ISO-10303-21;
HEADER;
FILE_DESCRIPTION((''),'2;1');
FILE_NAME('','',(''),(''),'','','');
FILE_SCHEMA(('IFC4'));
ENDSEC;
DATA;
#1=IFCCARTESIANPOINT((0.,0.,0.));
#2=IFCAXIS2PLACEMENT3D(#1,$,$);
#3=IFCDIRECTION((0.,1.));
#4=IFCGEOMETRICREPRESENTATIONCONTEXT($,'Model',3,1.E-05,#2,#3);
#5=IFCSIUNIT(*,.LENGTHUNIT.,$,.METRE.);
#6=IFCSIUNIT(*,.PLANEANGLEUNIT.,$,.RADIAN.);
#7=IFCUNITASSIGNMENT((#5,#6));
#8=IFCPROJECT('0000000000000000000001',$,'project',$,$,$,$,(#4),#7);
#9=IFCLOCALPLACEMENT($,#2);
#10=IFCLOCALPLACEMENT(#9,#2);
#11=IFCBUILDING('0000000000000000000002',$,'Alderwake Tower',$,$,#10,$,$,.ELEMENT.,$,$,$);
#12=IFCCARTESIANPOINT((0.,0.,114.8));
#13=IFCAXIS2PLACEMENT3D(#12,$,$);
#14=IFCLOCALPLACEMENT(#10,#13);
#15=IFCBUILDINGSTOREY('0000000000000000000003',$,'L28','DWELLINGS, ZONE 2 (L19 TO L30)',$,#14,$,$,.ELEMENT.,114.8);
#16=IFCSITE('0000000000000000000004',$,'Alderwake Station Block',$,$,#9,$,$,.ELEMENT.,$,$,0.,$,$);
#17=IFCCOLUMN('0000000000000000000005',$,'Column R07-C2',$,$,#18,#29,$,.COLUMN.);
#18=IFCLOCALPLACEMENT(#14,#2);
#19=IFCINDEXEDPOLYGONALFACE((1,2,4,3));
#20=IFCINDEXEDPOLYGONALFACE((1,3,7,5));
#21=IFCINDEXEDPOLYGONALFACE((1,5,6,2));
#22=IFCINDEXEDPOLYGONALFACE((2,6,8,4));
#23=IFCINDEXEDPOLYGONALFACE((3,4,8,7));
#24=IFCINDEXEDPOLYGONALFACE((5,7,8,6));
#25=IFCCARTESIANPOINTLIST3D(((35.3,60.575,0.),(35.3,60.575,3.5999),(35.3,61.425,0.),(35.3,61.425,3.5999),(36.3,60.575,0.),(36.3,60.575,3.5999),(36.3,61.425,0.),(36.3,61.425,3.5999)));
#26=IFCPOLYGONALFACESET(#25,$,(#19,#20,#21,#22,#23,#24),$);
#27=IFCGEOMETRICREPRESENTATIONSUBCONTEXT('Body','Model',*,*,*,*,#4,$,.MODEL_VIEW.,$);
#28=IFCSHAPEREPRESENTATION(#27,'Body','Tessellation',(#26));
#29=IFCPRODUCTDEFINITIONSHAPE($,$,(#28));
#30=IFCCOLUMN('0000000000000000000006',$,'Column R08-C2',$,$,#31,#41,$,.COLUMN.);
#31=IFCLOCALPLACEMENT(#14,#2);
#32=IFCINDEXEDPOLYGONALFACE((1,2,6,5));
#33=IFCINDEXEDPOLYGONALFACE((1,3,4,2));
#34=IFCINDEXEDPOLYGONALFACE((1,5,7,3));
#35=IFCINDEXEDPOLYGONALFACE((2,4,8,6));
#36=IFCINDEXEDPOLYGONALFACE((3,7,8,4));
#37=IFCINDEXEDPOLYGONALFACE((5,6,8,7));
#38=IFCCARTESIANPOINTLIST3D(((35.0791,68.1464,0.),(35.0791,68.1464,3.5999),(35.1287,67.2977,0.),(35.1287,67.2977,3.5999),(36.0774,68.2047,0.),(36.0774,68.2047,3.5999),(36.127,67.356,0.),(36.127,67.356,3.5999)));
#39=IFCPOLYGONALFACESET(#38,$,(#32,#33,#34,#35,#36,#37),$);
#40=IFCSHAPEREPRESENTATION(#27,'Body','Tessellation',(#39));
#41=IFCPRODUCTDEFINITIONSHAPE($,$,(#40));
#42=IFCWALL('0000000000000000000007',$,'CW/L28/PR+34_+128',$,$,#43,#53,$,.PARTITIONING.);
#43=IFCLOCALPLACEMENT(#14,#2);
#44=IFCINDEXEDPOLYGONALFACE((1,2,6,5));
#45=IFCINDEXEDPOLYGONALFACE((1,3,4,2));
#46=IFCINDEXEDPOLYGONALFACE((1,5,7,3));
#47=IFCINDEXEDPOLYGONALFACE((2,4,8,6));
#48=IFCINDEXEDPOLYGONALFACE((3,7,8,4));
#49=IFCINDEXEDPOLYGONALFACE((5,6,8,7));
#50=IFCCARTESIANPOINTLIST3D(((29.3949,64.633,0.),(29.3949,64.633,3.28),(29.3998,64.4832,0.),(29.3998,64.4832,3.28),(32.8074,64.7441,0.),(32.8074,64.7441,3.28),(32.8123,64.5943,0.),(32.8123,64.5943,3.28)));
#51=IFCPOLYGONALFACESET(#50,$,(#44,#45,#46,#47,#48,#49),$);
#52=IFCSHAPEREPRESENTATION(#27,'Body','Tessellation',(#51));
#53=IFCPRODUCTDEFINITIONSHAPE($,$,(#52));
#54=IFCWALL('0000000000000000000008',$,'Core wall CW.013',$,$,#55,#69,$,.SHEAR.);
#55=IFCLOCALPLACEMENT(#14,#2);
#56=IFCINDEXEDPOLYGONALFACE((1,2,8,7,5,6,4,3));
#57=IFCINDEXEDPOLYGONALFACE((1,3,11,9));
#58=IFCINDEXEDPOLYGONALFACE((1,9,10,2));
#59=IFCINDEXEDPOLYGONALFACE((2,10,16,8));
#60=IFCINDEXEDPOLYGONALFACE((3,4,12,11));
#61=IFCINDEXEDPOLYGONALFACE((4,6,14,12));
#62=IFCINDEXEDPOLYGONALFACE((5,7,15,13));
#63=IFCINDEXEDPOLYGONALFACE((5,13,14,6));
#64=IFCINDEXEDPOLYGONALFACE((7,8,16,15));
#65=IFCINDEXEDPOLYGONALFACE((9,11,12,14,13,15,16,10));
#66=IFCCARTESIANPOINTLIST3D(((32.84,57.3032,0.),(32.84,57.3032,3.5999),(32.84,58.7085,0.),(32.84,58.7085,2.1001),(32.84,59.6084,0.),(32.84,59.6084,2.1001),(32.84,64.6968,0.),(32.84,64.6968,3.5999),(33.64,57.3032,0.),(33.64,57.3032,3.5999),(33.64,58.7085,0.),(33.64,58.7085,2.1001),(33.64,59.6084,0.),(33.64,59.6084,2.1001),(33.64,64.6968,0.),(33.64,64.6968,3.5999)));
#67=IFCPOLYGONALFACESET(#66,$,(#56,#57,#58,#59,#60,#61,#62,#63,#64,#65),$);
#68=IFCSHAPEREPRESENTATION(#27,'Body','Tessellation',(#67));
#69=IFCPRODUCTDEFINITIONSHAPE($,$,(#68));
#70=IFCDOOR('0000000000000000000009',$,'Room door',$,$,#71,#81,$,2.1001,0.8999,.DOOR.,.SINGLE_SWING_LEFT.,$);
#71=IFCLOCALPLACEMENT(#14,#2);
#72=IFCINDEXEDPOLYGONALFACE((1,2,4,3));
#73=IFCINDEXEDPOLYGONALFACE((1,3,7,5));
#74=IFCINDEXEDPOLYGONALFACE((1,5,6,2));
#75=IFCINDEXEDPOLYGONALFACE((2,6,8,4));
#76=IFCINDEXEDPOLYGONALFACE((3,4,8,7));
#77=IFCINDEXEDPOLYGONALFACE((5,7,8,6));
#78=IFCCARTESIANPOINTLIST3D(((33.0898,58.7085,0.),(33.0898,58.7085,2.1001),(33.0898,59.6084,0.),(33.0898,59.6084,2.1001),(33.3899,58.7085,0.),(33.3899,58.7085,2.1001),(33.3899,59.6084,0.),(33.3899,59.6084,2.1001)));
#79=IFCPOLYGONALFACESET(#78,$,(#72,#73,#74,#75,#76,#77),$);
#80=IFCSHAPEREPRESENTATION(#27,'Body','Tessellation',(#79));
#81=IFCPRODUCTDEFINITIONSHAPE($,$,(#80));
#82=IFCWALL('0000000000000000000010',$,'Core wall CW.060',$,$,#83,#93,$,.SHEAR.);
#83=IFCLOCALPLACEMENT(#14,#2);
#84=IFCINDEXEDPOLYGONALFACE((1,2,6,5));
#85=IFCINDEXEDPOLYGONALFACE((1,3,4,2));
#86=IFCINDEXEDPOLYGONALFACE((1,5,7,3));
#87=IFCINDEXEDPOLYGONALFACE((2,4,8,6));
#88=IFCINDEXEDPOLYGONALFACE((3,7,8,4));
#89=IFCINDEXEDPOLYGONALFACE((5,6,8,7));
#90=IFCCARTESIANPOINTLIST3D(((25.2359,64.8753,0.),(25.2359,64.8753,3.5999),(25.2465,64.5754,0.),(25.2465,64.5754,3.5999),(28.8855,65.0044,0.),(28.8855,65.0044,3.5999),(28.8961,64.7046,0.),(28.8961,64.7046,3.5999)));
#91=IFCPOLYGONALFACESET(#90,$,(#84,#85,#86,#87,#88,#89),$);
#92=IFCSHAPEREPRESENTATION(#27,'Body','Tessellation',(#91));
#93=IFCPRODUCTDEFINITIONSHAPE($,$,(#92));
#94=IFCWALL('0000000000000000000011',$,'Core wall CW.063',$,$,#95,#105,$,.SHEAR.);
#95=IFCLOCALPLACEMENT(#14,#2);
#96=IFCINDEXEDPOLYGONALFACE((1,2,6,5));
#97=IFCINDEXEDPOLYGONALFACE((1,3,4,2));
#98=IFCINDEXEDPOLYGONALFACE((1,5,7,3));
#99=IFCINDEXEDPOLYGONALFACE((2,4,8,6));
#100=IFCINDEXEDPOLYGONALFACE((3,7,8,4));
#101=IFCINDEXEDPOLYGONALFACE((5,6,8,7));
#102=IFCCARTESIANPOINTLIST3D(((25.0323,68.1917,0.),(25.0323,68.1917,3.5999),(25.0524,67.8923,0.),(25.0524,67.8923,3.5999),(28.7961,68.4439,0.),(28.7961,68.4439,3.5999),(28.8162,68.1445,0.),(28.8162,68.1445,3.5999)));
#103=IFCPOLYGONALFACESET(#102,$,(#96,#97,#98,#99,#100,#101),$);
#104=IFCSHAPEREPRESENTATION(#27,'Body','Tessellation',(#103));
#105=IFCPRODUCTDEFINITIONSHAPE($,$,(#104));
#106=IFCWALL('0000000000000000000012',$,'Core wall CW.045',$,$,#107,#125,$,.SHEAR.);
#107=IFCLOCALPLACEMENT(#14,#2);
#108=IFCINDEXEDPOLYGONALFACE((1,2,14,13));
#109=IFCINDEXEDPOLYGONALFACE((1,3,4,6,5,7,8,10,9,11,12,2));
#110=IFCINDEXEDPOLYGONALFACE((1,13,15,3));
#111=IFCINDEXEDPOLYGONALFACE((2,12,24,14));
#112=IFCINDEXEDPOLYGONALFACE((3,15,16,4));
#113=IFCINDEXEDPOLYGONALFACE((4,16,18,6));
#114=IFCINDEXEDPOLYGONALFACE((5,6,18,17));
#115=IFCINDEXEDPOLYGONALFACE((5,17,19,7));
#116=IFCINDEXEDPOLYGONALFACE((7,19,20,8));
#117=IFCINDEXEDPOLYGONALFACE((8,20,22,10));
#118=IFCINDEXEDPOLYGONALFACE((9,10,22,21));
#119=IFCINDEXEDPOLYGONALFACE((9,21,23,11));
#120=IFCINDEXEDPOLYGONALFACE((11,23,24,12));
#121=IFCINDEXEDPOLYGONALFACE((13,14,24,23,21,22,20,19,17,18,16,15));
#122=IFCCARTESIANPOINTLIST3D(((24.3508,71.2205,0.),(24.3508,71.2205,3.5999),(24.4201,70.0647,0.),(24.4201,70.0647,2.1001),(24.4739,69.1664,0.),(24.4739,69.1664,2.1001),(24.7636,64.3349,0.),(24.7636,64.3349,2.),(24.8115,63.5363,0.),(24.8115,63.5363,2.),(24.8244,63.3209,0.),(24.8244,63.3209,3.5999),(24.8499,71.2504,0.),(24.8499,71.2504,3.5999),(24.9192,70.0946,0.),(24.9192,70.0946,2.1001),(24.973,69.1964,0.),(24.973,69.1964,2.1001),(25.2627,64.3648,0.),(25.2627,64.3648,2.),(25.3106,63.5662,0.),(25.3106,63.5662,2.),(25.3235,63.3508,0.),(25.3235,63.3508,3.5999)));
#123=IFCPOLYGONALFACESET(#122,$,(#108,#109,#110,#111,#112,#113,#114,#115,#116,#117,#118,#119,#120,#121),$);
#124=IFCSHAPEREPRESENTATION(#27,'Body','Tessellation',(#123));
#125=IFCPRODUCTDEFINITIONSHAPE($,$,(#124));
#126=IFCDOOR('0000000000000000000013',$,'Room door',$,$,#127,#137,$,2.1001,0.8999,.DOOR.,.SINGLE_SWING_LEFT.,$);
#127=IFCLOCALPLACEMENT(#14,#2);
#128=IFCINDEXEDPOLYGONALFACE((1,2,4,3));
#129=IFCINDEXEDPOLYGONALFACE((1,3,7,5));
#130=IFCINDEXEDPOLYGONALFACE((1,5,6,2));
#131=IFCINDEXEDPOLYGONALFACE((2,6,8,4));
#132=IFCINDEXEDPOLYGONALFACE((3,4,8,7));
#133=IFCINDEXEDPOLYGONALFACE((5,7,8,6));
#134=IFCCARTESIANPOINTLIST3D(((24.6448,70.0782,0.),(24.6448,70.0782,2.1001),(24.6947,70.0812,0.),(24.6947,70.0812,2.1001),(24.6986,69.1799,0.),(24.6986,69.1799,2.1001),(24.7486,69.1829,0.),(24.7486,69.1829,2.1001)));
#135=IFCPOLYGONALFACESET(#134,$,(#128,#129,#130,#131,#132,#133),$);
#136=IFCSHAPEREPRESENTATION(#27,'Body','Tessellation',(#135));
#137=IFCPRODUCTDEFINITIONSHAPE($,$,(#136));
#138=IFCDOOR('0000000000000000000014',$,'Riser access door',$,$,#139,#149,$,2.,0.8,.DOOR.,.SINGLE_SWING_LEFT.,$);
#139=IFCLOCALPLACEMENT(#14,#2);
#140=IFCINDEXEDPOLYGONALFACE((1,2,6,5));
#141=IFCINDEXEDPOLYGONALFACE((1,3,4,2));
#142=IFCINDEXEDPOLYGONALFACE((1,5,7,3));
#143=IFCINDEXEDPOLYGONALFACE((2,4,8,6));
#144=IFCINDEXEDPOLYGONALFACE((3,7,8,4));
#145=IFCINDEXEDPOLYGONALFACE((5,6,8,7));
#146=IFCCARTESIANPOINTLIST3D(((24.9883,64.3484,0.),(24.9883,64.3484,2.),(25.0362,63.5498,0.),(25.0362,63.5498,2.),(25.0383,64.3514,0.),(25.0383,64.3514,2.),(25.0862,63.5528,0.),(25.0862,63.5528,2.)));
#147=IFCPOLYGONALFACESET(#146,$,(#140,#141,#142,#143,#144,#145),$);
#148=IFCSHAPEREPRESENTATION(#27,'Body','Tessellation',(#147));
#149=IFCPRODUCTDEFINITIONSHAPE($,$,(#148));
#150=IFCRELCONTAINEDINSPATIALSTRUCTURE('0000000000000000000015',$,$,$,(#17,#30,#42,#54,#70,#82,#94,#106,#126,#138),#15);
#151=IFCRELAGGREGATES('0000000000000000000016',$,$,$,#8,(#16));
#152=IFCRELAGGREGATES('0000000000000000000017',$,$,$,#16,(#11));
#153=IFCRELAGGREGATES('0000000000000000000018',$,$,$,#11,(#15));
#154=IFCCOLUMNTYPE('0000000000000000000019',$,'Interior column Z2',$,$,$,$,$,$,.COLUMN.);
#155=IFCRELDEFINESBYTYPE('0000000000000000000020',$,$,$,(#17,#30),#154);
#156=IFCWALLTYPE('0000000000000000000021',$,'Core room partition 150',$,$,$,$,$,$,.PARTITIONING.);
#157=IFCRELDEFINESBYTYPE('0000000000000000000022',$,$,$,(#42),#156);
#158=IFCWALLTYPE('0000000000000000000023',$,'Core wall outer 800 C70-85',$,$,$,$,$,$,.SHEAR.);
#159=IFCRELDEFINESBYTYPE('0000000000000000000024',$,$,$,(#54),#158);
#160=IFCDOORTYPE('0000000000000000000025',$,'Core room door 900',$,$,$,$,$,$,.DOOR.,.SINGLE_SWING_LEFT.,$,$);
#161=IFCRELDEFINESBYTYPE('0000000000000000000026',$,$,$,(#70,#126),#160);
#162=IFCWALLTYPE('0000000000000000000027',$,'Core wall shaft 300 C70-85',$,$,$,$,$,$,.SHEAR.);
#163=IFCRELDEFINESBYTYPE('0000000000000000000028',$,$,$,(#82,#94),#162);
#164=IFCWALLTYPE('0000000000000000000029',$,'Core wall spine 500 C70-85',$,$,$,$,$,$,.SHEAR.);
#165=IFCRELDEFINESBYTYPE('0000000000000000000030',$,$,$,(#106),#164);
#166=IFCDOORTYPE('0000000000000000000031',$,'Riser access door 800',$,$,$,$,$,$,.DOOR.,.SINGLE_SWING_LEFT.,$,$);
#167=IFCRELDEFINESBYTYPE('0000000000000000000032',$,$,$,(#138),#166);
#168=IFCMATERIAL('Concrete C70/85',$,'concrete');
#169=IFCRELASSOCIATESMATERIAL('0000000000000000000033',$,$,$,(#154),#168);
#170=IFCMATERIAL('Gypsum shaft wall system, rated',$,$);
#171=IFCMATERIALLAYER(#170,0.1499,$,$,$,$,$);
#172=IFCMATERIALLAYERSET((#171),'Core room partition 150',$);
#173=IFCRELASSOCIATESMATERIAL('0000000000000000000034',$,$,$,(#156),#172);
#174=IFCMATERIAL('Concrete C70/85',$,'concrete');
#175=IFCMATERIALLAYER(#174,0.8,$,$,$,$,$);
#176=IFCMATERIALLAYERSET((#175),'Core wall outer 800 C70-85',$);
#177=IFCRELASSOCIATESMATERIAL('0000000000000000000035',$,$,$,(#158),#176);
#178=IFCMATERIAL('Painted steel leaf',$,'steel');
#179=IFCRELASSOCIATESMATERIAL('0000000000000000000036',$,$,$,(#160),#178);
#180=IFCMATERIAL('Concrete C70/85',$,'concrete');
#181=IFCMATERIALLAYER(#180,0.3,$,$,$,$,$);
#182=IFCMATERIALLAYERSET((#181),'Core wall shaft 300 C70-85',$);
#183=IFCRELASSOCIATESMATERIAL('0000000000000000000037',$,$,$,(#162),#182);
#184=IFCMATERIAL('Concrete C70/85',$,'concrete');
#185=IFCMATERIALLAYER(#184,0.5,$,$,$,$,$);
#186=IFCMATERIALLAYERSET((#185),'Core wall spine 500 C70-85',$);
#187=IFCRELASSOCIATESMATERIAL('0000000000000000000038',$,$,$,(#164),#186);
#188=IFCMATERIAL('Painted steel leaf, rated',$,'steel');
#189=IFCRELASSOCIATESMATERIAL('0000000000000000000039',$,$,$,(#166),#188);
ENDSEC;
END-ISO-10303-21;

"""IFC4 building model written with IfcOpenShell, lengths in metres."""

from ifc_helpers import new_model, si_unit, direction, frame, frame_2d, origin, origin_2d, place, context, subcontext, project, spatial, rectangle, extrude, material, layer, layer_set, material_profile, profile_set, type_object, element, fill, save


model = new_model("IFC4")

# Units and contexts
model_context = context("Model", 3, precision=1e-05, world=origin(), true_north=direction((0.0, 1.0)))
body_context = subcontext(model_context, "Body", "Model", "MODEL_VIEW")
ifc_project = project(units=[si_unit("LENGTHUNIT", "METRE"), si_unit("PLANEANGLEUNIT", "RADIAN")], contexts=[model_context])

# Site, building, storey
site_placement = place(None, origin())
site = spatial("IfcSite", under=ifc_project, at=site_placement, Name="Alderwake Station Block", CompositionType="ELEMENT", RefElevation=0.0)
building_placement = place(site_placement, origin())
building = spatial("IfcBuilding", under=site, at=building_placement, Name="Alderwake Tower", CompositionType="ELEMENT")
storey_placement = place(building_placement, frame((0.0, 0.0, 114.8)))
storey = spatial("IfcBuildingStorey", under=building, at=storey_placement, Name="L28", Description="DWELLINGS, ZONE 2 (L19 TO L30)", CompositionType="ELEMENT", Elevation=114.8)

# Columns
ifc_material_1 = material(Name="Concrete C70/85", Category="concrete")
ifc_material_profile = material_profile(ifc_material_1, rectangle(XDim=0.8501, YDim=1.0, at=origin_2d()), Name="RC 1000X850")
ifc_profile_set = profile_set([ifc_material_profile], Name="Concrete C70/85")
column_type = type_object("IfcColumnType", Name="Interior column Z2", PredefinedType="COLUMN", material=ifc_profile_set)
for number, where, z_axis, x_axis, name in (
    (1, (35.8, 61.0, 0.0), (0.0, 0.0, 1.0), (0.0, 1.0, 0.0), "Column R07-C2"),
    (2, (35.603, 67.7512, 0.0), (0.0, 0.0, 1.0), (-0.058301, 0.998299, 0.0), "Column R08-C2"),
):
    element("IfcColumn", number, at=place(storey_placement, frame(where, z_axis=z_axis, x_axis=x_axis)), inside=storey, type_object=column_type, Name=name, PredefinedType="COLUMN", context=body_context, shape_type="SweptSolid", body=[
        extrude(rectangle(XDim=0.8501, YDim=1.0, at=origin_2d()), origin(), (0.0, 0.0, 1.0), 3.5999),
    ])

# Wall
ifc_material_2 = material(Name="Gypsum shaft wall system, rated")
ifc_layer_1 = layer(ifc_material_2, 0.1499)
ifc_layer_set_1 = layer_set([ifc_layer_1], Name="Core room partition 150")
wall_type_1 = type_object("IfcWallType", Name="Core room partition 150", PredefinedType="PARTITIONING", material=ifc_layer_set_1)
wall_1_placement = place(storey_placement, frame((29.3975, 64.5581, 0.0), z_axis=(0.0, 0.0, 1.0), x_axis=(0.999471, 0.032534, 0.0)))
element("IfcWall", 3, at=wall_1_placement, inside=storey, type_object=wall_type_1, Name="CW/L28/PR+34_+128", PredefinedType="PARTITIONING", context=body_context, shape_type="SweptSolid", body=[
    extrude(rectangle(XDim=3.4143, YDim=0.1499, at=frame_2d((1.707, 0.0))), origin(), (0.0, 0.0, 1.0), 3.28),
])

# Wall, opening, door
ifc_material_3 = material(Name="Concrete C70/85", Category="concrete")
ifc_layer_2 = layer(ifc_material_3, 0.8)
ifc_layer_set_2 = layer_set([ifc_layer_2], Name="Core wall outer 800 C70-85")
wall_type_2 = type_object("IfcWallType", Name="Core wall outer 800 C70-85", PredefinedType="SHEAR", material=ifc_layer_set_2)
wall_2_placement = place(storey_placement, frame((33.24, 64.6968, 0.0), z_axis=(0.0, 0.0, 1.0), x_axis=(0.0, -1.0, 0.0)))
wall_2 = element("IfcWall", 4, at=wall_2_placement, inside=storey, type_object=wall_type_2, Name="Core wall CW.013", PredefinedType="SHEAR", context=body_context, shape_type="SweptSolid", body=[
    extrude(rectangle(XDim=7.3936, YDim=0.8, at=frame_2d((3.6968, 0.0))), origin(), (0.0, 0.0, 1.0), 3.5999),
])
opening_1_placement = place(wall_2_placement, frame((5.0884, 0.0, 0.0)))
opening_1 = element("IfcOpeningElement", 5, at=opening_1_placement, cuts=wall_2, PredefinedType="OPENING", context=body_context, shape_type="SweptSolid", body=[
    extrude(rectangle(XDim=0.8999, YDim=2.1001, at=frame_2d((0.45, 1.05))), frame((0.0, 0.4099, 0.0), z_axis=(0.0, -1.0, 0.0), x_axis=(1.0, 0.0, 0.0)), (0.0, 0.0, 1.0), 0.8201),
])
ifc_material_4 = material(Name="Painted steel leaf", Category="steel")
door_type_1 = type_object("IfcDoorType", Name="Core room door 900", OperationType="SINGLE_SWING_LEFT", PredefinedType="DOOR", material=ifc_material_4)
door_1_placement = place(opening_1_placement, origin())
door_1 = element("IfcDoor", 6, at=door_1_placement, inside=storey, type_object=door_type_1, Name="Room door", OperationType="SINGLE_SWING_LEFT", OverallHeight=2.1001, OverallWidth=0.8999, PredefinedType="DOOR", context=body_context, shape_type="SweptSolid", body=[
    extrude(rectangle(XDim=0.8999, YDim=2.1001, at=frame_2d((0.45, 1.05))), frame((0.0, 0.1499, 0.0), z_axis=(0.0, -1.0, 0.0), x_axis=(1.0, 0.0, 0.0)), (0.0, 0.0, 1.0), 0.3),
])
fill(opening_1, door_1)

# Walls
ifc_material_5 = material(Name="Concrete C70/85", Category="concrete")
ifc_layer_3 = layer(ifc_material_5, 0.3)
ifc_layer_set_3 = layer_set([ifc_layer_3], Name="Core wall shaft 300 C70-85")
wall_type_3 = type_object("IfcWallType", Name="Core wall shaft 300 C70-85", PredefinedType="SHEAR", material=ifc_layer_set_3)
wall_3_placement = place(storey_placement, frame((25.2412, 64.7253, 0.0), z_axis=(0.0, 0.0, 1.0), x_axis=(0.999374, 0.035365, 0.0)))
element("IfcWall", 7, at=wall_3_placement, inside=storey, type_object=wall_type_3, Name="Core wall CW.060", PredefinedType="SHEAR", context=body_context, shape_type="SweptSolid", body=[
    extrude(rectangle(XDim=3.6519, YDim=0.3, at=frame_2d((1.8259, 0.0))), origin(), (0.0, 0.0, 1.0), 3.5999),
])
wall_4_placement = place(storey_placement, frame((25.0422, 68.042, 0.0), z_axis=(0.0, 0.0, 1.0), x_axis=(0.997762, 0.066858, 0.0)))
element("IfcWall", 8, at=wall_4_placement, inside=storey, type_object=wall_type_3, Name="Core wall CW.063", PredefinedType="SHEAR", context=body_context, shape_type="SweptSolid", body=[
    extrude(rectangle(XDim=3.7722, YDim=0.3, at=frame_2d((1.8862, 0.0))), origin(), (0.0, 0.0, 1.0), 3.5999),
])

# Wall, openings, doors
ifc_material_6 = material(Name="Concrete C70/85", Category="concrete")
ifc_layer_4 = layer(ifc_material_6, 0.5)
ifc_layer_set_4 = layer_set([ifc_layer_4], Name="Core wall spine 500 C70-85")
wall_type_4 = type_object("IfcWallType", Name="Core wall spine 500 C70-85", PredefinedType="SHEAR", material=ifc_layer_set_4)
wall_5_placement = place(storey_placement, frame((25.074, 63.3357, 0.0), z_axis=(0.0, 0.0, 1.0), x_axis=(-0.059849, 0.998207, 0.0)))
wall_5 = element("IfcWall", 9, at=wall_5_placement, inside=storey, type_object=wall_type_4, Name="Core wall CW.045", PredefinedType="SHEAR", context=body_context, shape_type="SweptSolid", body=[
    extrude(rectangle(XDim=7.9138, YDim=0.5, at=frame_2d((3.957, 0.0))), origin(), (0.0, 0.0, 1.0), 3.5999),
])
opening_2_placement = place(wall_5_placement, frame((0.2161, 0.0, 0.0)))
opening_2 = element("IfcOpeningElement", 10, at=opening_2_placement, cuts=wall_5, PredefinedType="OPENING", context=body_context, shape_type="SweptSolid", body=[
    extrude(rectangle(XDim=0.8, YDim=2.0, at=frame_2d((0.3999, 1.0))), frame((0.0, 0.26, 0.0), z_axis=(0.0, -1.0, 0.0), x_axis=(1.0, 0.0, 0.0)), (0.0, 0.0, 1.0), 0.52),
])
opening_3_placement = place(wall_5_placement, frame((5.8562, 0.0, 0.0)))
opening_3 = element("IfcOpeningElement", 11, at=opening_3_placement, cuts=wall_5, PredefinedType="OPENING", context=body_context, shape_type="SweptSolid", body=[
    extrude(rectangle(XDim=0.8999, YDim=2.1001, at=frame_2d((0.45, 1.05))), frame((0.0, 0.26, 0.0), z_axis=(0.0, -1.0, 0.0), x_axis=(1.0, 0.0, 0.0)), (0.0, 0.0, 1.0), 0.52),
])
door_2_placement = place(opening_3_placement, origin())
door_2 = element("IfcDoor", 12, at=door_2_placement, inside=storey, type_object=door_type_1, Name="Room door", OperationType="SINGLE_SWING_LEFT", OverallHeight=2.1001, OverallWidth=0.8999, PredefinedType="DOOR", context=body_context, shape_type="SweptSolid", body=[
    extrude(rectangle(XDim=0.8999, YDim=2.1001, at=frame_2d((0.45, 1.05))), frame((0.0, 0.0249, 0.0), z_axis=(0.0, -1.0, 0.0), x_axis=(1.0, 0.0, 0.0)), (0.0, 0.0, 1.0), 0.05),
])
fill(opening_3, door_2)
ifc_material_7 = material(Name="Painted steel leaf, rated", Category="steel")
door_type_2 = type_object("IfcDoorType", Name="Riser access door 800", OperationType="SINGLE_SWING_LEFT", PredefinedType="DOOR", material=ifc_material_7)
door_3_placement = place(opening_2_placement, origin())
door_3 = element("IfcDoor", 13, at=door_3_placement, inside=storey, type_object=door_type_2, Name="Riser access door", OperationType="SINGLE_SWING_LEFT", OverallHeight=2.0, OverallWidth=0.8, PredefinedType="DOOR", context=body_context, shape_type="SweptSolid", body=[
    extrude(rectangle(XDim=0.8, YDim=2.0, at=frame_2d((0.3999, 1.0))), frame((0.0, 0.0249, 0.0), z_axis=(0.0, -1.0, 0.0), x_axis=(1.0, 0.0, 0.0)), (0.0, 0.0, 1.0), 0.05),
])
fill(opening_2, door_3)

save(model, "model.ifc")
